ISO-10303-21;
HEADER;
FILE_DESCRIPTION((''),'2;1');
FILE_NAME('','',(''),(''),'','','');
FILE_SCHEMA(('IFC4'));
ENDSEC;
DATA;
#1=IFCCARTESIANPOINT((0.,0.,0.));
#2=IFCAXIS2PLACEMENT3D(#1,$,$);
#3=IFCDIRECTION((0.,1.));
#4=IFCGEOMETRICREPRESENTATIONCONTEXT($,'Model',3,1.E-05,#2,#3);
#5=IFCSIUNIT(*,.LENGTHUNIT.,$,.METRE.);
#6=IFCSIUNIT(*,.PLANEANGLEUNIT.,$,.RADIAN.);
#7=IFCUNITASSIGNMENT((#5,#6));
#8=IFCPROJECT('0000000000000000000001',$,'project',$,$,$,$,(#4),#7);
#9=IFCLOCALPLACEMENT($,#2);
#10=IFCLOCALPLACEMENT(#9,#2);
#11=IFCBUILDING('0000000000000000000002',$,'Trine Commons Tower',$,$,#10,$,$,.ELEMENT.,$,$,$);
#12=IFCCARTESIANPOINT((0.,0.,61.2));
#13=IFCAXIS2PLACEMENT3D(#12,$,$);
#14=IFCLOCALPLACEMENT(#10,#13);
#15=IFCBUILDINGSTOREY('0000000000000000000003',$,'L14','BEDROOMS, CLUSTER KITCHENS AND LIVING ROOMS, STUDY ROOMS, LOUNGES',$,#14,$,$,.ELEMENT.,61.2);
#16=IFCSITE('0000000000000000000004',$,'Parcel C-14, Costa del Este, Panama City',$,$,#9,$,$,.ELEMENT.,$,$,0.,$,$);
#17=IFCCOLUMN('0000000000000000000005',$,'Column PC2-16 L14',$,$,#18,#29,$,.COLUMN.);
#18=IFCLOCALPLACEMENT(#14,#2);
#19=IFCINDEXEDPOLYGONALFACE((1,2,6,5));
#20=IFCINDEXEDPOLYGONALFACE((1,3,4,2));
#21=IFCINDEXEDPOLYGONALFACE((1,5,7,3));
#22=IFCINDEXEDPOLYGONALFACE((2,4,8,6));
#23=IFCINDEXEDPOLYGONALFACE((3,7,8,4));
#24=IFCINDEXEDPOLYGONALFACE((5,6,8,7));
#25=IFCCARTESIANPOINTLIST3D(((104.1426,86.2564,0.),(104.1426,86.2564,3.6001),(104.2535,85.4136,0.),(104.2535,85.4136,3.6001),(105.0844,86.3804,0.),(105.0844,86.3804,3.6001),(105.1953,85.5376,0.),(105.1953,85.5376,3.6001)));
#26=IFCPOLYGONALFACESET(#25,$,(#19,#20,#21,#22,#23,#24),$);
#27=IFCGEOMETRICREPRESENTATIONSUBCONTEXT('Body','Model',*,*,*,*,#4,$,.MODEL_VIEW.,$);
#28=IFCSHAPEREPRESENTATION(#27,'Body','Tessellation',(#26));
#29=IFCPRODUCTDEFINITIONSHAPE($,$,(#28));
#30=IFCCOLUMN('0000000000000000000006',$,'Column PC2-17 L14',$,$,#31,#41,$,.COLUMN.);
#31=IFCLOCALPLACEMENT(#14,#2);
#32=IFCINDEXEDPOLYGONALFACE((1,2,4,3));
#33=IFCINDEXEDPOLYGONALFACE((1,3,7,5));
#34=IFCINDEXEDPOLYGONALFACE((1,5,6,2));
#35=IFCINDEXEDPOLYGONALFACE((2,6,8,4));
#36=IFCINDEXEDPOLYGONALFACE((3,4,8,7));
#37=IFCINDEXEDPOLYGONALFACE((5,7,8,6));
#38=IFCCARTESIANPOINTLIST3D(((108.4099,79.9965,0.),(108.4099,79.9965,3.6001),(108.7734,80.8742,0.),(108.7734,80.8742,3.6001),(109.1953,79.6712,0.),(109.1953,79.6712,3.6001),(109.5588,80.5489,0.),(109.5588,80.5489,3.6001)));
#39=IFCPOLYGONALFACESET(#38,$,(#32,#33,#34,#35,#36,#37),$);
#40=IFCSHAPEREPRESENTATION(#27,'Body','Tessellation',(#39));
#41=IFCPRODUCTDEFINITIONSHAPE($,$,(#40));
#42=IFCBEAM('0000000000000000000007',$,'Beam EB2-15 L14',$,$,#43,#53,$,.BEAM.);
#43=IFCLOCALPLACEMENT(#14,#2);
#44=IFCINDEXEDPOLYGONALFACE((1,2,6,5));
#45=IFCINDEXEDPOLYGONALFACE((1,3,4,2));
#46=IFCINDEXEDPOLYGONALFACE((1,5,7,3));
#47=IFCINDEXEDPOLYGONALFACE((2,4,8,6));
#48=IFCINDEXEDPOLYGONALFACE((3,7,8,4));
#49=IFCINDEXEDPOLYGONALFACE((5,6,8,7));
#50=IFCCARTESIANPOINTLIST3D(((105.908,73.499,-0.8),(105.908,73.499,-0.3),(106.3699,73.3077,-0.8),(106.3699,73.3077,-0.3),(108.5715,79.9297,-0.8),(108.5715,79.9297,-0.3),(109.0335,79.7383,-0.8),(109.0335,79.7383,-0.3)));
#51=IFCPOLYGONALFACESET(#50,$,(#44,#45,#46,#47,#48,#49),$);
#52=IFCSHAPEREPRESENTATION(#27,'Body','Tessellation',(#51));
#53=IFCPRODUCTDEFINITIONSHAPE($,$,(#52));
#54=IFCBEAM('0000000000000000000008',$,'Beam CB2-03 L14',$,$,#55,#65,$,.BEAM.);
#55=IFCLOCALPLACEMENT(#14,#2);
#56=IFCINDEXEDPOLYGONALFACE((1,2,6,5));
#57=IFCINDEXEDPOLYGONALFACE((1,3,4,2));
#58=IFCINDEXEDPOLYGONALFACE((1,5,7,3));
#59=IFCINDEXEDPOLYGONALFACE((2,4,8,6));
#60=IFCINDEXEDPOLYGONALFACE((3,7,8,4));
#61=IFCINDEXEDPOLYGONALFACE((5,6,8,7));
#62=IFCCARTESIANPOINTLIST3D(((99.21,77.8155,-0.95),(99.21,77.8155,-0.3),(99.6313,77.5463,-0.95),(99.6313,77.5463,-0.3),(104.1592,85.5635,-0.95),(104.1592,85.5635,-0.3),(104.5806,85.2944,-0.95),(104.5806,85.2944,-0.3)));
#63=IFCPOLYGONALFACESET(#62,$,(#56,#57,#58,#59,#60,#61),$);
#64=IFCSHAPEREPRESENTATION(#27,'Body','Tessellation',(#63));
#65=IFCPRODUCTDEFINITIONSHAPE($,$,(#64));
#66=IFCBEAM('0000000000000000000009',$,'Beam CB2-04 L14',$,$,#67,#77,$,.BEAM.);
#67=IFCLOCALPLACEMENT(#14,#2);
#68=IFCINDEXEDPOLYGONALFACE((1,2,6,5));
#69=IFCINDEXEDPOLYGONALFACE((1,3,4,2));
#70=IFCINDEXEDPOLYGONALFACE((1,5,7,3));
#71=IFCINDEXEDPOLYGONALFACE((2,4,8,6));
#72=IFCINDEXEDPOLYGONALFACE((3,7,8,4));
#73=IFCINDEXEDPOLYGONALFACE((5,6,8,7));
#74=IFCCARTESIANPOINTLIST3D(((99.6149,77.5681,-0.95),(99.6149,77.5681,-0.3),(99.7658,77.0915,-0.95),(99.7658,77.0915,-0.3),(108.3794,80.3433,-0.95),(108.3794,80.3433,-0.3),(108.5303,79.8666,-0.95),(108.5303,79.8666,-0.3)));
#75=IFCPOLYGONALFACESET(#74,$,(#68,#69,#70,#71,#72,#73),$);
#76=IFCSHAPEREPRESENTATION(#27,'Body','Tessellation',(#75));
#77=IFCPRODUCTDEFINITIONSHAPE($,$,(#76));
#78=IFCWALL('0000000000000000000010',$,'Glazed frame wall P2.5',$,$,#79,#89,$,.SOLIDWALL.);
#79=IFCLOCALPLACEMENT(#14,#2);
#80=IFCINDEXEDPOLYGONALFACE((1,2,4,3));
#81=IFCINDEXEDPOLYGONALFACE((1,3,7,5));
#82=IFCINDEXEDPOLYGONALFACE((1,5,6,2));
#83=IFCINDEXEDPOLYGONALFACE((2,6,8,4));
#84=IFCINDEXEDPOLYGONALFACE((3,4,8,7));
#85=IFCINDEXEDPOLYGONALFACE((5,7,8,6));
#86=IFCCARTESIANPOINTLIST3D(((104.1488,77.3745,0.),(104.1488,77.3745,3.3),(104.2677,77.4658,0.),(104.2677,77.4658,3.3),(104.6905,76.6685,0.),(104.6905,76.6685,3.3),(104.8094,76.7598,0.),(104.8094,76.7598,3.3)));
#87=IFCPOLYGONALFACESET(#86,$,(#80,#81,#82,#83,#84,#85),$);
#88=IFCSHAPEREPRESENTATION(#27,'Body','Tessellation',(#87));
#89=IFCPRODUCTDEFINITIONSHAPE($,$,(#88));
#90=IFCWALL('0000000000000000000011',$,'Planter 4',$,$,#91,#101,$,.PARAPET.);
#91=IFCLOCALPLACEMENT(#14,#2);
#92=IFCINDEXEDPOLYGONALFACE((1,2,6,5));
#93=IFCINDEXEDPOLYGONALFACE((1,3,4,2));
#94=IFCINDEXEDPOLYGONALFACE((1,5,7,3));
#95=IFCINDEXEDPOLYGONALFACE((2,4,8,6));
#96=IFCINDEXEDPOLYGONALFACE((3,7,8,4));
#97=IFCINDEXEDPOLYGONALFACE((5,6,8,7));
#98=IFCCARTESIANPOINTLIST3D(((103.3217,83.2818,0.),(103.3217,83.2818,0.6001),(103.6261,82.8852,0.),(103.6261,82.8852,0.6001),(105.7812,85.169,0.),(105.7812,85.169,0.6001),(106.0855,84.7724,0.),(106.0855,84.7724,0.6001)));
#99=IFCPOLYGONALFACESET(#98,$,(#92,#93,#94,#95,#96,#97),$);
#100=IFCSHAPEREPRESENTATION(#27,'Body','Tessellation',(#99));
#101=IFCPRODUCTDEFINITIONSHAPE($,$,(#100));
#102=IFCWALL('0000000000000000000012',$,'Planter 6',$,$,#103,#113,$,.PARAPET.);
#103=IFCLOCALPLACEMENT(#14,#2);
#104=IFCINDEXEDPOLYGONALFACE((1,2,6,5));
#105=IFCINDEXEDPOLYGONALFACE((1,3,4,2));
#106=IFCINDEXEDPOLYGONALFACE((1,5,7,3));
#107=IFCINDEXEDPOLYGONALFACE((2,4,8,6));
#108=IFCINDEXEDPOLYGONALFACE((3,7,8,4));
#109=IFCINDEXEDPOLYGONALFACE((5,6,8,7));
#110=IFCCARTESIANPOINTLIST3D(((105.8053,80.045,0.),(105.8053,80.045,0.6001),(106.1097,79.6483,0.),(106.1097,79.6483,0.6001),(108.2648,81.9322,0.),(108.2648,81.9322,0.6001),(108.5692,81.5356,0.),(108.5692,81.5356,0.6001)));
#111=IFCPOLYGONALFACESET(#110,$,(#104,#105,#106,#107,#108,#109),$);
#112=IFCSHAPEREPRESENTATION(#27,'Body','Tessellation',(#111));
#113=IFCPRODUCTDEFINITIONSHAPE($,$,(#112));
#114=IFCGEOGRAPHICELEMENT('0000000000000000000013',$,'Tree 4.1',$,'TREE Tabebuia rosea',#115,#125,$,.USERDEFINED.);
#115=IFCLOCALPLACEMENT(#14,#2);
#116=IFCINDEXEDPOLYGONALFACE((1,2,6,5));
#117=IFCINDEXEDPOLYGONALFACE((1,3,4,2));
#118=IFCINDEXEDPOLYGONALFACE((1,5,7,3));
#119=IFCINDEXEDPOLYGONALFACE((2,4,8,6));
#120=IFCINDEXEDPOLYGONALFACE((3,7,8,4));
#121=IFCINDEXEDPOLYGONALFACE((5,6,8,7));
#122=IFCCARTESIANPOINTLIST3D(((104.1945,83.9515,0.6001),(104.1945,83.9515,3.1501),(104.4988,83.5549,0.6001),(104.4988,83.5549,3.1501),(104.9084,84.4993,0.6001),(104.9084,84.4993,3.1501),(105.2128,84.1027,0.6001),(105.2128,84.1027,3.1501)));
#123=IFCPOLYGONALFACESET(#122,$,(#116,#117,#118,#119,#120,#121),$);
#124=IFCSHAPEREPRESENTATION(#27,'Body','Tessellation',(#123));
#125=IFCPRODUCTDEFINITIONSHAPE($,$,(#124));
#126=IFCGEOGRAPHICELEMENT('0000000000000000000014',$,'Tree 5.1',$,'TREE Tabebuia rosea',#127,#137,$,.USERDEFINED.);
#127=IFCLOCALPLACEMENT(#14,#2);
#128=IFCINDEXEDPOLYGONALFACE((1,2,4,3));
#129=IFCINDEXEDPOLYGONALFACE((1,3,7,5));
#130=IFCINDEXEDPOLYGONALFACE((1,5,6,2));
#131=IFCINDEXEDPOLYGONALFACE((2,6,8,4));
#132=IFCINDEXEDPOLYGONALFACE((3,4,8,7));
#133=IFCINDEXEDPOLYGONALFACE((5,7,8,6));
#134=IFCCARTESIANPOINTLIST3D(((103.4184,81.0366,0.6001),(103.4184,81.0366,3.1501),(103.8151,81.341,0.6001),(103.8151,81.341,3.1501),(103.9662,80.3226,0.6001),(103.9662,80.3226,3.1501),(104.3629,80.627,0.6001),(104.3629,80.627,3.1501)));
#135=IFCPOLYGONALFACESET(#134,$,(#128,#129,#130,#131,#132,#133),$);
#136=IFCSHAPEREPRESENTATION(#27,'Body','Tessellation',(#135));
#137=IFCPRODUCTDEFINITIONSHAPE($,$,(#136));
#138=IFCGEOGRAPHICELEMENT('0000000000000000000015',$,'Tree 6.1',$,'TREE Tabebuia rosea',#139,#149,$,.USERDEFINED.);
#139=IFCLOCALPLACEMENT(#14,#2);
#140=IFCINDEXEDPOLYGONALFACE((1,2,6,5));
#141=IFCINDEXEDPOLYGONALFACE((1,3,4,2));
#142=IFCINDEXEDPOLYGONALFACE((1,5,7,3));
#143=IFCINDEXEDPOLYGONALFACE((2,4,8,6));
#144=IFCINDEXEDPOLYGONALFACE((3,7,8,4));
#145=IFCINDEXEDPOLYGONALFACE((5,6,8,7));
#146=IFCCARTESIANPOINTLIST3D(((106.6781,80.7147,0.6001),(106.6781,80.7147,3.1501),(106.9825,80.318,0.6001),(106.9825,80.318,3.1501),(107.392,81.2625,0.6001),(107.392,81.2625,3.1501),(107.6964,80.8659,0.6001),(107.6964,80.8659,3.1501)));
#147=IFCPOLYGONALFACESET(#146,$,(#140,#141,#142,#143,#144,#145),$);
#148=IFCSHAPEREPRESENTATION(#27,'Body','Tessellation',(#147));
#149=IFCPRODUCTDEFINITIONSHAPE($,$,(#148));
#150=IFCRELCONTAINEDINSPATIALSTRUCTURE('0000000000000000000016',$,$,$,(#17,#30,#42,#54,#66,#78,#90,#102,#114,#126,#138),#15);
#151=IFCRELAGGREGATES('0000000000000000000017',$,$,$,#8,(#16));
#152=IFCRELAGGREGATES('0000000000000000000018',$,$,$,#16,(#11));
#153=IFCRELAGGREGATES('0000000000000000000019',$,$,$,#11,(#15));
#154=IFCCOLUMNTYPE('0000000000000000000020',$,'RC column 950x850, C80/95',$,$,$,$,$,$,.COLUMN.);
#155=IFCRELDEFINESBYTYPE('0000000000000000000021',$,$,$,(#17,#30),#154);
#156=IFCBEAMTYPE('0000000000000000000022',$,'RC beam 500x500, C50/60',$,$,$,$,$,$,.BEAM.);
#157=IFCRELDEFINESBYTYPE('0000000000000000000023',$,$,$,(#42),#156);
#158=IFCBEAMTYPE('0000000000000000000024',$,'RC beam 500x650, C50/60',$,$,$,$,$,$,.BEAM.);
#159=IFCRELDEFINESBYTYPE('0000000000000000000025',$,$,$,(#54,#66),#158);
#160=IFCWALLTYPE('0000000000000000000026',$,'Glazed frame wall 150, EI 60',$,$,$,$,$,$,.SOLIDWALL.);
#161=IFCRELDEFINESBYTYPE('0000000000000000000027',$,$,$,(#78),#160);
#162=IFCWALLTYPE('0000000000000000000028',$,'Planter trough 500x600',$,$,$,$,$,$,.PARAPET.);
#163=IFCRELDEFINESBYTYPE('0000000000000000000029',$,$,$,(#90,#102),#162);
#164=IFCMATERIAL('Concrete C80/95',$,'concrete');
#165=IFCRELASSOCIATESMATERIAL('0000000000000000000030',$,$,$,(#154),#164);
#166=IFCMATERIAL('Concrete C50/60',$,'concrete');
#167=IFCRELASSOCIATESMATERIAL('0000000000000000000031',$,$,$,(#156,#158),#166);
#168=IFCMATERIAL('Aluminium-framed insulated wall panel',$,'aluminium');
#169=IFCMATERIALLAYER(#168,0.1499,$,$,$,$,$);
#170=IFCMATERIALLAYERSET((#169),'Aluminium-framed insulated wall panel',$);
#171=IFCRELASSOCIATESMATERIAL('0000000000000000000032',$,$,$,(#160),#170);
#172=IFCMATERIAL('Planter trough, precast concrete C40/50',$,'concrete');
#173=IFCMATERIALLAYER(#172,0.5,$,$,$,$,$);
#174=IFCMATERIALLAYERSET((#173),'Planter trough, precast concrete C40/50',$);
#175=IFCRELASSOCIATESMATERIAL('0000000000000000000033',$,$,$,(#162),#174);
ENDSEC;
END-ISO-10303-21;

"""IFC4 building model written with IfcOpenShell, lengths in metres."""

from ifc_helpers import new_model, si_unit, direction, frame, frame_2d, origin, origin_2d, place, context, subcontext, project, spatial, polyline, rectangle, outline, extrude, material, layer, layer_set, material_profile, profile_set, type_object, element, save


model = new_model("IFC4")

# Units and contexts
model_context = context("Model", 3, precision=1e-05, world=origin(), true_north=direction((0.0, 1.0)))
body_context = subcontext(model_context, "Body", "Model", "MODEL_VIEW")
ifc_project = project(units=[si_unit("LENGTHUNIT", "METRE"), si_unit("PLANEANGLEUNIT", "RADIAN")], contexts=[model_context])

# Site, building, storey
site_placement = place(None, origin())
site = spatial("IfcSite", under=ifc_project, at=site_placement, Name="Parcel C-14, Costa del Este, Panama City", CompositionType="ELEMENT", RefElevation=0.0)
building_placement = place(site_placement, origin())
building = spatial("IfcBuilding", under=site, at=building_placement, Name="Trine Commons Tower", CompositionType="ELEMENT")
storey_placement = place(building_placement, frame((0.0, 0.0, 61.2)))
storey = spatial("IfcBuildingStorey", under=building, at=storey_placement, Name="L14", Description="BEDROOMS, CLUSTER KITCHENS AND LIVING ROOMS, STUDY ROOMS, LOUNGES", CompositionType="ELEMENT", Elevation=61.2)

# Columns
ifc_material_1 = material(Name="Concrete C80/95", Category="concrete")
ifc_material_profile_1 = material_profile(ifc_material_1, rectangle(XDim=0.95, YDim=0.8501, at=origin_2d()), Name="RC 950x850")
ifc_profile_set_1 = profile_set([ifc_material_profile_1], Name="Concrete C80/95")
column_type = type_object("IfcColumnType", Name="RC column 950x850, C80/95", PredefinedType="COLUMN", material=ifc_profile_set_1)
for number, where, z_axis, x_axis, name in (
    (1, (104.6689, 85.897, 0.0), (0.0, 0.0, 1.0), (0.991445, 0.130526, 0.0), "Column PC2-16 L14"),
    (2, (108.9844, 80.2727, 0.0), (0.0, 0.0, 1.0), (0.382683, 0.92388, 0.0), "Column PC2-17 L14"),
):
    element("IfcColumn", number, at=place(storey_placement, frame(where, z_axis=z_axis, x_axis=x_axis)), inside=storey, type_object=column_type, Name=name, PredefinedType="COLUMN", context=body_context, shape_type="SweptSolid", body=[
        extrude(rectangle(XDim=0.95, YDim=0.8501, at=origin_2d()), origin(), (0.0, 0.0, 1.0), 3.6001),
    ])

# Beams
ifc_material_2 = material(Name="Concrete C50/60", Category="concrete")
ifc_material_profile_2 = material_profile(ifc_material_2, rectangle(XDim=0.5, YDim=0.5, at=origin_2d()), Name="RC 500x500")
ifc_profile_set_2 = profile_set([ifc_material_profile_2], Name="Concrete C50/60")
beam_type_1 = type_object("IfcBeamType", Name="RC beam 500x500, C50/60", PredefinedType="BEAM", material=ifc_profile_set_2)
beam_1_placement = place(storey_placement, frame((108.8025, 79.834, -0.55), z_axis=(-0.382672, -0.923884, 0.0), x_axis=(0.923884, -0.382672, 0.0)))
element("IfcBeam", 3, at=beam_1_placement, inside=storey, type_object=beam_type_1, Name="Beam EB2-15 L14", PredefinedType="BEAM", context=body_context, shape_type="SweptSolid", body=[
    extrude(rectangle(XDim=0.5, YDim=0.5, at=origin_2d()), origin(), (0.0, 0.0, 1.0), 6.9604),
])
ifc_material_profile_3 = material_profile(ifc_material_2, rectangle(XDim=0.5, YDim=0.6499, at=origin_2d()), Name="RC 500x650")
ifc_profile_set_3 = profile_set([ifc_material_profile_3], Name="Concrete C50/60")
beam_type_2 = type_object("IfcBeamType", Name="RC beam 500x650, C50/60", PredefinedType="BEAM", material=ifc_profile_set_3)
beam_2_placement = place(storey_placement, frame((104.3699, 85.429, -0.625), z_axis=(-0.538318, -0.842742, 0.0), x_axis=(0.842742, -0.538318, 0.0)))
element("IfcBeam", 4, at=beam_2_placement, inside=storey, type_object=beam_type_2, Name="Beam CB2-03 L14", PredefinedType="BEAM", context=body_context, shape_type="SweptSolid", body=[
    extrude(rectangle(XDim=0.5, YDim=0.6499, at=origin_2d()), origin(), (0.0, 0.0, 1.0), 9.1938),
])
beam_3_placement = place(storey_placement, frame((108.4548, 80.105, -0.625), z_axis=(-0.95335, -0.301867, 0.0), x_axis=(0.301867, -0.95335, 0.0)))
element("IfcBeam", 5, at=beam_3_placement, inside=storey, type_object=beam_type_2, Name="Beam CB2-04 L14", PredefinedType="BEAM", context=body_context, shape_type="SweptSolid", body=[
    extrude(rectangle(XDim=0.5, YDim=0.6499, at=origin_2d()), origin(), (0.0, 0.0, 1.0), 9.1934),
])

# Wall
ifc_material_3 = material(Name="Aluminium-framed insulated wall panel", Category="aluminium")
ifc_layer_1 = layer(ifc_material_3, 0.1499)
ifc_layer_set_1 = layer_set([ifc_layer_1], Name="Aluminium-framed insulated wall panel")
wall_type_1 = type_object("IfcWallType", Name="Glazed frame wall 150, EI 60", PredefinedType="SOLIDWALL", material=ifc_layer_set_1)
wall_1_placement = place(storey_placement, frame((104.2083, 77.4202, 0.0), z_axis=(0.0, 0.0, 1.0), x_axis=(0.608754, -0.793359, 0.0)))
element("IfcWall", 6, at=wall_1_placement, inside=storey, type_object=wall_type_1, Name="Glazed frame wall P2.5", PredefinedType="SOLIDWALL", context=body_context, shape_type="SweptSolid", body=[
    extrude(outline(polyline([(0.8899, 0.075), (0.0, 0.075), (0.0, -0.075), (0.8899, -0.075), (0.8899, 0.075)])), origin(), (0.0, 0.0, 1.0), 3.3),
])

# Walls
ifc_material_4 = material(Name="Planter trough, precast concrete C40/50", Category="concrete")
ifc_layer_2 = layer(ifc_material_4, 0.5)
ifc_layer_set_2 = layer_set([ifc_layer_2], Name="Planter trough, precast concrete C40/50")
wall_type_2 = type_object("IfcWallType", Name="Planter trough 500x600", PredefinedType="PARAPET", material=ifc_layer_set_2)
for number, where, z_axis, x_axis, name in (
    (7, (105.9333, 84.9707, 0.0), (0.0, 0.0, 1.0), (-0.793355, -0.608759, 0.0), "Planter 4"),
    (8, (105.9575, 79.8467, 0.0), (0.0, 0.0, 1.0), (0.793355, 0.608759, 0.0), "Planter 6"),
):
    element("IfcWall", number, at=place(storey_placement, frame(where, z_axis=z_axis, x_axis=x_axis)), inside=storey, type_object=wall_type_2, Name=name, PredefinedType="PARAPET", context=body_context, shape_type="SweptSolid", body=[
        extrude(rectangle(XDim=3.1001, YDim=0.5, at=frame_2d((1.55, 0.0))), origin(), (0.0, 0.0, 1.0), 0.6001),
    ])

# Geographic elements
for number, where, z_axis, x_axis, name in (
    (9, (104.7036, 84.0271, 0.6001), (0.0, 0.0, 1.0), (-0.793359, -0.608755, 0.0), "Tree 4.1"),
    (10, (103.8906, 80.8318, 0.6001), (0.0, 0.0, 1.0), (0.608735, -0.793374, 0.0), "Tree 5.1"),
    (11, (107.1873, 80.7903, 0.6001), (0.0, 0.0, 1.0), (0.793359, 0.608755, 0.0), "Tree 6.1"),
):
    element("IfcGeographicElement", number, at=place(storey_placement, frame(where, z_axis=z_axis, x_axis=x_axis)), inside=storey, Name=name, ObjectType="TREE Tabebuia rosea", PredefinedType="USERDEFINED", context=body_context, shape_type="SweptSolid", body=[
        extrude(rectangle(XDim=0.8999, YDim=0.5, at=origin_2d()), origin(), (0.0, 0.0, 1.0), 2.55),
    ])

save(model, "model.ifc")
